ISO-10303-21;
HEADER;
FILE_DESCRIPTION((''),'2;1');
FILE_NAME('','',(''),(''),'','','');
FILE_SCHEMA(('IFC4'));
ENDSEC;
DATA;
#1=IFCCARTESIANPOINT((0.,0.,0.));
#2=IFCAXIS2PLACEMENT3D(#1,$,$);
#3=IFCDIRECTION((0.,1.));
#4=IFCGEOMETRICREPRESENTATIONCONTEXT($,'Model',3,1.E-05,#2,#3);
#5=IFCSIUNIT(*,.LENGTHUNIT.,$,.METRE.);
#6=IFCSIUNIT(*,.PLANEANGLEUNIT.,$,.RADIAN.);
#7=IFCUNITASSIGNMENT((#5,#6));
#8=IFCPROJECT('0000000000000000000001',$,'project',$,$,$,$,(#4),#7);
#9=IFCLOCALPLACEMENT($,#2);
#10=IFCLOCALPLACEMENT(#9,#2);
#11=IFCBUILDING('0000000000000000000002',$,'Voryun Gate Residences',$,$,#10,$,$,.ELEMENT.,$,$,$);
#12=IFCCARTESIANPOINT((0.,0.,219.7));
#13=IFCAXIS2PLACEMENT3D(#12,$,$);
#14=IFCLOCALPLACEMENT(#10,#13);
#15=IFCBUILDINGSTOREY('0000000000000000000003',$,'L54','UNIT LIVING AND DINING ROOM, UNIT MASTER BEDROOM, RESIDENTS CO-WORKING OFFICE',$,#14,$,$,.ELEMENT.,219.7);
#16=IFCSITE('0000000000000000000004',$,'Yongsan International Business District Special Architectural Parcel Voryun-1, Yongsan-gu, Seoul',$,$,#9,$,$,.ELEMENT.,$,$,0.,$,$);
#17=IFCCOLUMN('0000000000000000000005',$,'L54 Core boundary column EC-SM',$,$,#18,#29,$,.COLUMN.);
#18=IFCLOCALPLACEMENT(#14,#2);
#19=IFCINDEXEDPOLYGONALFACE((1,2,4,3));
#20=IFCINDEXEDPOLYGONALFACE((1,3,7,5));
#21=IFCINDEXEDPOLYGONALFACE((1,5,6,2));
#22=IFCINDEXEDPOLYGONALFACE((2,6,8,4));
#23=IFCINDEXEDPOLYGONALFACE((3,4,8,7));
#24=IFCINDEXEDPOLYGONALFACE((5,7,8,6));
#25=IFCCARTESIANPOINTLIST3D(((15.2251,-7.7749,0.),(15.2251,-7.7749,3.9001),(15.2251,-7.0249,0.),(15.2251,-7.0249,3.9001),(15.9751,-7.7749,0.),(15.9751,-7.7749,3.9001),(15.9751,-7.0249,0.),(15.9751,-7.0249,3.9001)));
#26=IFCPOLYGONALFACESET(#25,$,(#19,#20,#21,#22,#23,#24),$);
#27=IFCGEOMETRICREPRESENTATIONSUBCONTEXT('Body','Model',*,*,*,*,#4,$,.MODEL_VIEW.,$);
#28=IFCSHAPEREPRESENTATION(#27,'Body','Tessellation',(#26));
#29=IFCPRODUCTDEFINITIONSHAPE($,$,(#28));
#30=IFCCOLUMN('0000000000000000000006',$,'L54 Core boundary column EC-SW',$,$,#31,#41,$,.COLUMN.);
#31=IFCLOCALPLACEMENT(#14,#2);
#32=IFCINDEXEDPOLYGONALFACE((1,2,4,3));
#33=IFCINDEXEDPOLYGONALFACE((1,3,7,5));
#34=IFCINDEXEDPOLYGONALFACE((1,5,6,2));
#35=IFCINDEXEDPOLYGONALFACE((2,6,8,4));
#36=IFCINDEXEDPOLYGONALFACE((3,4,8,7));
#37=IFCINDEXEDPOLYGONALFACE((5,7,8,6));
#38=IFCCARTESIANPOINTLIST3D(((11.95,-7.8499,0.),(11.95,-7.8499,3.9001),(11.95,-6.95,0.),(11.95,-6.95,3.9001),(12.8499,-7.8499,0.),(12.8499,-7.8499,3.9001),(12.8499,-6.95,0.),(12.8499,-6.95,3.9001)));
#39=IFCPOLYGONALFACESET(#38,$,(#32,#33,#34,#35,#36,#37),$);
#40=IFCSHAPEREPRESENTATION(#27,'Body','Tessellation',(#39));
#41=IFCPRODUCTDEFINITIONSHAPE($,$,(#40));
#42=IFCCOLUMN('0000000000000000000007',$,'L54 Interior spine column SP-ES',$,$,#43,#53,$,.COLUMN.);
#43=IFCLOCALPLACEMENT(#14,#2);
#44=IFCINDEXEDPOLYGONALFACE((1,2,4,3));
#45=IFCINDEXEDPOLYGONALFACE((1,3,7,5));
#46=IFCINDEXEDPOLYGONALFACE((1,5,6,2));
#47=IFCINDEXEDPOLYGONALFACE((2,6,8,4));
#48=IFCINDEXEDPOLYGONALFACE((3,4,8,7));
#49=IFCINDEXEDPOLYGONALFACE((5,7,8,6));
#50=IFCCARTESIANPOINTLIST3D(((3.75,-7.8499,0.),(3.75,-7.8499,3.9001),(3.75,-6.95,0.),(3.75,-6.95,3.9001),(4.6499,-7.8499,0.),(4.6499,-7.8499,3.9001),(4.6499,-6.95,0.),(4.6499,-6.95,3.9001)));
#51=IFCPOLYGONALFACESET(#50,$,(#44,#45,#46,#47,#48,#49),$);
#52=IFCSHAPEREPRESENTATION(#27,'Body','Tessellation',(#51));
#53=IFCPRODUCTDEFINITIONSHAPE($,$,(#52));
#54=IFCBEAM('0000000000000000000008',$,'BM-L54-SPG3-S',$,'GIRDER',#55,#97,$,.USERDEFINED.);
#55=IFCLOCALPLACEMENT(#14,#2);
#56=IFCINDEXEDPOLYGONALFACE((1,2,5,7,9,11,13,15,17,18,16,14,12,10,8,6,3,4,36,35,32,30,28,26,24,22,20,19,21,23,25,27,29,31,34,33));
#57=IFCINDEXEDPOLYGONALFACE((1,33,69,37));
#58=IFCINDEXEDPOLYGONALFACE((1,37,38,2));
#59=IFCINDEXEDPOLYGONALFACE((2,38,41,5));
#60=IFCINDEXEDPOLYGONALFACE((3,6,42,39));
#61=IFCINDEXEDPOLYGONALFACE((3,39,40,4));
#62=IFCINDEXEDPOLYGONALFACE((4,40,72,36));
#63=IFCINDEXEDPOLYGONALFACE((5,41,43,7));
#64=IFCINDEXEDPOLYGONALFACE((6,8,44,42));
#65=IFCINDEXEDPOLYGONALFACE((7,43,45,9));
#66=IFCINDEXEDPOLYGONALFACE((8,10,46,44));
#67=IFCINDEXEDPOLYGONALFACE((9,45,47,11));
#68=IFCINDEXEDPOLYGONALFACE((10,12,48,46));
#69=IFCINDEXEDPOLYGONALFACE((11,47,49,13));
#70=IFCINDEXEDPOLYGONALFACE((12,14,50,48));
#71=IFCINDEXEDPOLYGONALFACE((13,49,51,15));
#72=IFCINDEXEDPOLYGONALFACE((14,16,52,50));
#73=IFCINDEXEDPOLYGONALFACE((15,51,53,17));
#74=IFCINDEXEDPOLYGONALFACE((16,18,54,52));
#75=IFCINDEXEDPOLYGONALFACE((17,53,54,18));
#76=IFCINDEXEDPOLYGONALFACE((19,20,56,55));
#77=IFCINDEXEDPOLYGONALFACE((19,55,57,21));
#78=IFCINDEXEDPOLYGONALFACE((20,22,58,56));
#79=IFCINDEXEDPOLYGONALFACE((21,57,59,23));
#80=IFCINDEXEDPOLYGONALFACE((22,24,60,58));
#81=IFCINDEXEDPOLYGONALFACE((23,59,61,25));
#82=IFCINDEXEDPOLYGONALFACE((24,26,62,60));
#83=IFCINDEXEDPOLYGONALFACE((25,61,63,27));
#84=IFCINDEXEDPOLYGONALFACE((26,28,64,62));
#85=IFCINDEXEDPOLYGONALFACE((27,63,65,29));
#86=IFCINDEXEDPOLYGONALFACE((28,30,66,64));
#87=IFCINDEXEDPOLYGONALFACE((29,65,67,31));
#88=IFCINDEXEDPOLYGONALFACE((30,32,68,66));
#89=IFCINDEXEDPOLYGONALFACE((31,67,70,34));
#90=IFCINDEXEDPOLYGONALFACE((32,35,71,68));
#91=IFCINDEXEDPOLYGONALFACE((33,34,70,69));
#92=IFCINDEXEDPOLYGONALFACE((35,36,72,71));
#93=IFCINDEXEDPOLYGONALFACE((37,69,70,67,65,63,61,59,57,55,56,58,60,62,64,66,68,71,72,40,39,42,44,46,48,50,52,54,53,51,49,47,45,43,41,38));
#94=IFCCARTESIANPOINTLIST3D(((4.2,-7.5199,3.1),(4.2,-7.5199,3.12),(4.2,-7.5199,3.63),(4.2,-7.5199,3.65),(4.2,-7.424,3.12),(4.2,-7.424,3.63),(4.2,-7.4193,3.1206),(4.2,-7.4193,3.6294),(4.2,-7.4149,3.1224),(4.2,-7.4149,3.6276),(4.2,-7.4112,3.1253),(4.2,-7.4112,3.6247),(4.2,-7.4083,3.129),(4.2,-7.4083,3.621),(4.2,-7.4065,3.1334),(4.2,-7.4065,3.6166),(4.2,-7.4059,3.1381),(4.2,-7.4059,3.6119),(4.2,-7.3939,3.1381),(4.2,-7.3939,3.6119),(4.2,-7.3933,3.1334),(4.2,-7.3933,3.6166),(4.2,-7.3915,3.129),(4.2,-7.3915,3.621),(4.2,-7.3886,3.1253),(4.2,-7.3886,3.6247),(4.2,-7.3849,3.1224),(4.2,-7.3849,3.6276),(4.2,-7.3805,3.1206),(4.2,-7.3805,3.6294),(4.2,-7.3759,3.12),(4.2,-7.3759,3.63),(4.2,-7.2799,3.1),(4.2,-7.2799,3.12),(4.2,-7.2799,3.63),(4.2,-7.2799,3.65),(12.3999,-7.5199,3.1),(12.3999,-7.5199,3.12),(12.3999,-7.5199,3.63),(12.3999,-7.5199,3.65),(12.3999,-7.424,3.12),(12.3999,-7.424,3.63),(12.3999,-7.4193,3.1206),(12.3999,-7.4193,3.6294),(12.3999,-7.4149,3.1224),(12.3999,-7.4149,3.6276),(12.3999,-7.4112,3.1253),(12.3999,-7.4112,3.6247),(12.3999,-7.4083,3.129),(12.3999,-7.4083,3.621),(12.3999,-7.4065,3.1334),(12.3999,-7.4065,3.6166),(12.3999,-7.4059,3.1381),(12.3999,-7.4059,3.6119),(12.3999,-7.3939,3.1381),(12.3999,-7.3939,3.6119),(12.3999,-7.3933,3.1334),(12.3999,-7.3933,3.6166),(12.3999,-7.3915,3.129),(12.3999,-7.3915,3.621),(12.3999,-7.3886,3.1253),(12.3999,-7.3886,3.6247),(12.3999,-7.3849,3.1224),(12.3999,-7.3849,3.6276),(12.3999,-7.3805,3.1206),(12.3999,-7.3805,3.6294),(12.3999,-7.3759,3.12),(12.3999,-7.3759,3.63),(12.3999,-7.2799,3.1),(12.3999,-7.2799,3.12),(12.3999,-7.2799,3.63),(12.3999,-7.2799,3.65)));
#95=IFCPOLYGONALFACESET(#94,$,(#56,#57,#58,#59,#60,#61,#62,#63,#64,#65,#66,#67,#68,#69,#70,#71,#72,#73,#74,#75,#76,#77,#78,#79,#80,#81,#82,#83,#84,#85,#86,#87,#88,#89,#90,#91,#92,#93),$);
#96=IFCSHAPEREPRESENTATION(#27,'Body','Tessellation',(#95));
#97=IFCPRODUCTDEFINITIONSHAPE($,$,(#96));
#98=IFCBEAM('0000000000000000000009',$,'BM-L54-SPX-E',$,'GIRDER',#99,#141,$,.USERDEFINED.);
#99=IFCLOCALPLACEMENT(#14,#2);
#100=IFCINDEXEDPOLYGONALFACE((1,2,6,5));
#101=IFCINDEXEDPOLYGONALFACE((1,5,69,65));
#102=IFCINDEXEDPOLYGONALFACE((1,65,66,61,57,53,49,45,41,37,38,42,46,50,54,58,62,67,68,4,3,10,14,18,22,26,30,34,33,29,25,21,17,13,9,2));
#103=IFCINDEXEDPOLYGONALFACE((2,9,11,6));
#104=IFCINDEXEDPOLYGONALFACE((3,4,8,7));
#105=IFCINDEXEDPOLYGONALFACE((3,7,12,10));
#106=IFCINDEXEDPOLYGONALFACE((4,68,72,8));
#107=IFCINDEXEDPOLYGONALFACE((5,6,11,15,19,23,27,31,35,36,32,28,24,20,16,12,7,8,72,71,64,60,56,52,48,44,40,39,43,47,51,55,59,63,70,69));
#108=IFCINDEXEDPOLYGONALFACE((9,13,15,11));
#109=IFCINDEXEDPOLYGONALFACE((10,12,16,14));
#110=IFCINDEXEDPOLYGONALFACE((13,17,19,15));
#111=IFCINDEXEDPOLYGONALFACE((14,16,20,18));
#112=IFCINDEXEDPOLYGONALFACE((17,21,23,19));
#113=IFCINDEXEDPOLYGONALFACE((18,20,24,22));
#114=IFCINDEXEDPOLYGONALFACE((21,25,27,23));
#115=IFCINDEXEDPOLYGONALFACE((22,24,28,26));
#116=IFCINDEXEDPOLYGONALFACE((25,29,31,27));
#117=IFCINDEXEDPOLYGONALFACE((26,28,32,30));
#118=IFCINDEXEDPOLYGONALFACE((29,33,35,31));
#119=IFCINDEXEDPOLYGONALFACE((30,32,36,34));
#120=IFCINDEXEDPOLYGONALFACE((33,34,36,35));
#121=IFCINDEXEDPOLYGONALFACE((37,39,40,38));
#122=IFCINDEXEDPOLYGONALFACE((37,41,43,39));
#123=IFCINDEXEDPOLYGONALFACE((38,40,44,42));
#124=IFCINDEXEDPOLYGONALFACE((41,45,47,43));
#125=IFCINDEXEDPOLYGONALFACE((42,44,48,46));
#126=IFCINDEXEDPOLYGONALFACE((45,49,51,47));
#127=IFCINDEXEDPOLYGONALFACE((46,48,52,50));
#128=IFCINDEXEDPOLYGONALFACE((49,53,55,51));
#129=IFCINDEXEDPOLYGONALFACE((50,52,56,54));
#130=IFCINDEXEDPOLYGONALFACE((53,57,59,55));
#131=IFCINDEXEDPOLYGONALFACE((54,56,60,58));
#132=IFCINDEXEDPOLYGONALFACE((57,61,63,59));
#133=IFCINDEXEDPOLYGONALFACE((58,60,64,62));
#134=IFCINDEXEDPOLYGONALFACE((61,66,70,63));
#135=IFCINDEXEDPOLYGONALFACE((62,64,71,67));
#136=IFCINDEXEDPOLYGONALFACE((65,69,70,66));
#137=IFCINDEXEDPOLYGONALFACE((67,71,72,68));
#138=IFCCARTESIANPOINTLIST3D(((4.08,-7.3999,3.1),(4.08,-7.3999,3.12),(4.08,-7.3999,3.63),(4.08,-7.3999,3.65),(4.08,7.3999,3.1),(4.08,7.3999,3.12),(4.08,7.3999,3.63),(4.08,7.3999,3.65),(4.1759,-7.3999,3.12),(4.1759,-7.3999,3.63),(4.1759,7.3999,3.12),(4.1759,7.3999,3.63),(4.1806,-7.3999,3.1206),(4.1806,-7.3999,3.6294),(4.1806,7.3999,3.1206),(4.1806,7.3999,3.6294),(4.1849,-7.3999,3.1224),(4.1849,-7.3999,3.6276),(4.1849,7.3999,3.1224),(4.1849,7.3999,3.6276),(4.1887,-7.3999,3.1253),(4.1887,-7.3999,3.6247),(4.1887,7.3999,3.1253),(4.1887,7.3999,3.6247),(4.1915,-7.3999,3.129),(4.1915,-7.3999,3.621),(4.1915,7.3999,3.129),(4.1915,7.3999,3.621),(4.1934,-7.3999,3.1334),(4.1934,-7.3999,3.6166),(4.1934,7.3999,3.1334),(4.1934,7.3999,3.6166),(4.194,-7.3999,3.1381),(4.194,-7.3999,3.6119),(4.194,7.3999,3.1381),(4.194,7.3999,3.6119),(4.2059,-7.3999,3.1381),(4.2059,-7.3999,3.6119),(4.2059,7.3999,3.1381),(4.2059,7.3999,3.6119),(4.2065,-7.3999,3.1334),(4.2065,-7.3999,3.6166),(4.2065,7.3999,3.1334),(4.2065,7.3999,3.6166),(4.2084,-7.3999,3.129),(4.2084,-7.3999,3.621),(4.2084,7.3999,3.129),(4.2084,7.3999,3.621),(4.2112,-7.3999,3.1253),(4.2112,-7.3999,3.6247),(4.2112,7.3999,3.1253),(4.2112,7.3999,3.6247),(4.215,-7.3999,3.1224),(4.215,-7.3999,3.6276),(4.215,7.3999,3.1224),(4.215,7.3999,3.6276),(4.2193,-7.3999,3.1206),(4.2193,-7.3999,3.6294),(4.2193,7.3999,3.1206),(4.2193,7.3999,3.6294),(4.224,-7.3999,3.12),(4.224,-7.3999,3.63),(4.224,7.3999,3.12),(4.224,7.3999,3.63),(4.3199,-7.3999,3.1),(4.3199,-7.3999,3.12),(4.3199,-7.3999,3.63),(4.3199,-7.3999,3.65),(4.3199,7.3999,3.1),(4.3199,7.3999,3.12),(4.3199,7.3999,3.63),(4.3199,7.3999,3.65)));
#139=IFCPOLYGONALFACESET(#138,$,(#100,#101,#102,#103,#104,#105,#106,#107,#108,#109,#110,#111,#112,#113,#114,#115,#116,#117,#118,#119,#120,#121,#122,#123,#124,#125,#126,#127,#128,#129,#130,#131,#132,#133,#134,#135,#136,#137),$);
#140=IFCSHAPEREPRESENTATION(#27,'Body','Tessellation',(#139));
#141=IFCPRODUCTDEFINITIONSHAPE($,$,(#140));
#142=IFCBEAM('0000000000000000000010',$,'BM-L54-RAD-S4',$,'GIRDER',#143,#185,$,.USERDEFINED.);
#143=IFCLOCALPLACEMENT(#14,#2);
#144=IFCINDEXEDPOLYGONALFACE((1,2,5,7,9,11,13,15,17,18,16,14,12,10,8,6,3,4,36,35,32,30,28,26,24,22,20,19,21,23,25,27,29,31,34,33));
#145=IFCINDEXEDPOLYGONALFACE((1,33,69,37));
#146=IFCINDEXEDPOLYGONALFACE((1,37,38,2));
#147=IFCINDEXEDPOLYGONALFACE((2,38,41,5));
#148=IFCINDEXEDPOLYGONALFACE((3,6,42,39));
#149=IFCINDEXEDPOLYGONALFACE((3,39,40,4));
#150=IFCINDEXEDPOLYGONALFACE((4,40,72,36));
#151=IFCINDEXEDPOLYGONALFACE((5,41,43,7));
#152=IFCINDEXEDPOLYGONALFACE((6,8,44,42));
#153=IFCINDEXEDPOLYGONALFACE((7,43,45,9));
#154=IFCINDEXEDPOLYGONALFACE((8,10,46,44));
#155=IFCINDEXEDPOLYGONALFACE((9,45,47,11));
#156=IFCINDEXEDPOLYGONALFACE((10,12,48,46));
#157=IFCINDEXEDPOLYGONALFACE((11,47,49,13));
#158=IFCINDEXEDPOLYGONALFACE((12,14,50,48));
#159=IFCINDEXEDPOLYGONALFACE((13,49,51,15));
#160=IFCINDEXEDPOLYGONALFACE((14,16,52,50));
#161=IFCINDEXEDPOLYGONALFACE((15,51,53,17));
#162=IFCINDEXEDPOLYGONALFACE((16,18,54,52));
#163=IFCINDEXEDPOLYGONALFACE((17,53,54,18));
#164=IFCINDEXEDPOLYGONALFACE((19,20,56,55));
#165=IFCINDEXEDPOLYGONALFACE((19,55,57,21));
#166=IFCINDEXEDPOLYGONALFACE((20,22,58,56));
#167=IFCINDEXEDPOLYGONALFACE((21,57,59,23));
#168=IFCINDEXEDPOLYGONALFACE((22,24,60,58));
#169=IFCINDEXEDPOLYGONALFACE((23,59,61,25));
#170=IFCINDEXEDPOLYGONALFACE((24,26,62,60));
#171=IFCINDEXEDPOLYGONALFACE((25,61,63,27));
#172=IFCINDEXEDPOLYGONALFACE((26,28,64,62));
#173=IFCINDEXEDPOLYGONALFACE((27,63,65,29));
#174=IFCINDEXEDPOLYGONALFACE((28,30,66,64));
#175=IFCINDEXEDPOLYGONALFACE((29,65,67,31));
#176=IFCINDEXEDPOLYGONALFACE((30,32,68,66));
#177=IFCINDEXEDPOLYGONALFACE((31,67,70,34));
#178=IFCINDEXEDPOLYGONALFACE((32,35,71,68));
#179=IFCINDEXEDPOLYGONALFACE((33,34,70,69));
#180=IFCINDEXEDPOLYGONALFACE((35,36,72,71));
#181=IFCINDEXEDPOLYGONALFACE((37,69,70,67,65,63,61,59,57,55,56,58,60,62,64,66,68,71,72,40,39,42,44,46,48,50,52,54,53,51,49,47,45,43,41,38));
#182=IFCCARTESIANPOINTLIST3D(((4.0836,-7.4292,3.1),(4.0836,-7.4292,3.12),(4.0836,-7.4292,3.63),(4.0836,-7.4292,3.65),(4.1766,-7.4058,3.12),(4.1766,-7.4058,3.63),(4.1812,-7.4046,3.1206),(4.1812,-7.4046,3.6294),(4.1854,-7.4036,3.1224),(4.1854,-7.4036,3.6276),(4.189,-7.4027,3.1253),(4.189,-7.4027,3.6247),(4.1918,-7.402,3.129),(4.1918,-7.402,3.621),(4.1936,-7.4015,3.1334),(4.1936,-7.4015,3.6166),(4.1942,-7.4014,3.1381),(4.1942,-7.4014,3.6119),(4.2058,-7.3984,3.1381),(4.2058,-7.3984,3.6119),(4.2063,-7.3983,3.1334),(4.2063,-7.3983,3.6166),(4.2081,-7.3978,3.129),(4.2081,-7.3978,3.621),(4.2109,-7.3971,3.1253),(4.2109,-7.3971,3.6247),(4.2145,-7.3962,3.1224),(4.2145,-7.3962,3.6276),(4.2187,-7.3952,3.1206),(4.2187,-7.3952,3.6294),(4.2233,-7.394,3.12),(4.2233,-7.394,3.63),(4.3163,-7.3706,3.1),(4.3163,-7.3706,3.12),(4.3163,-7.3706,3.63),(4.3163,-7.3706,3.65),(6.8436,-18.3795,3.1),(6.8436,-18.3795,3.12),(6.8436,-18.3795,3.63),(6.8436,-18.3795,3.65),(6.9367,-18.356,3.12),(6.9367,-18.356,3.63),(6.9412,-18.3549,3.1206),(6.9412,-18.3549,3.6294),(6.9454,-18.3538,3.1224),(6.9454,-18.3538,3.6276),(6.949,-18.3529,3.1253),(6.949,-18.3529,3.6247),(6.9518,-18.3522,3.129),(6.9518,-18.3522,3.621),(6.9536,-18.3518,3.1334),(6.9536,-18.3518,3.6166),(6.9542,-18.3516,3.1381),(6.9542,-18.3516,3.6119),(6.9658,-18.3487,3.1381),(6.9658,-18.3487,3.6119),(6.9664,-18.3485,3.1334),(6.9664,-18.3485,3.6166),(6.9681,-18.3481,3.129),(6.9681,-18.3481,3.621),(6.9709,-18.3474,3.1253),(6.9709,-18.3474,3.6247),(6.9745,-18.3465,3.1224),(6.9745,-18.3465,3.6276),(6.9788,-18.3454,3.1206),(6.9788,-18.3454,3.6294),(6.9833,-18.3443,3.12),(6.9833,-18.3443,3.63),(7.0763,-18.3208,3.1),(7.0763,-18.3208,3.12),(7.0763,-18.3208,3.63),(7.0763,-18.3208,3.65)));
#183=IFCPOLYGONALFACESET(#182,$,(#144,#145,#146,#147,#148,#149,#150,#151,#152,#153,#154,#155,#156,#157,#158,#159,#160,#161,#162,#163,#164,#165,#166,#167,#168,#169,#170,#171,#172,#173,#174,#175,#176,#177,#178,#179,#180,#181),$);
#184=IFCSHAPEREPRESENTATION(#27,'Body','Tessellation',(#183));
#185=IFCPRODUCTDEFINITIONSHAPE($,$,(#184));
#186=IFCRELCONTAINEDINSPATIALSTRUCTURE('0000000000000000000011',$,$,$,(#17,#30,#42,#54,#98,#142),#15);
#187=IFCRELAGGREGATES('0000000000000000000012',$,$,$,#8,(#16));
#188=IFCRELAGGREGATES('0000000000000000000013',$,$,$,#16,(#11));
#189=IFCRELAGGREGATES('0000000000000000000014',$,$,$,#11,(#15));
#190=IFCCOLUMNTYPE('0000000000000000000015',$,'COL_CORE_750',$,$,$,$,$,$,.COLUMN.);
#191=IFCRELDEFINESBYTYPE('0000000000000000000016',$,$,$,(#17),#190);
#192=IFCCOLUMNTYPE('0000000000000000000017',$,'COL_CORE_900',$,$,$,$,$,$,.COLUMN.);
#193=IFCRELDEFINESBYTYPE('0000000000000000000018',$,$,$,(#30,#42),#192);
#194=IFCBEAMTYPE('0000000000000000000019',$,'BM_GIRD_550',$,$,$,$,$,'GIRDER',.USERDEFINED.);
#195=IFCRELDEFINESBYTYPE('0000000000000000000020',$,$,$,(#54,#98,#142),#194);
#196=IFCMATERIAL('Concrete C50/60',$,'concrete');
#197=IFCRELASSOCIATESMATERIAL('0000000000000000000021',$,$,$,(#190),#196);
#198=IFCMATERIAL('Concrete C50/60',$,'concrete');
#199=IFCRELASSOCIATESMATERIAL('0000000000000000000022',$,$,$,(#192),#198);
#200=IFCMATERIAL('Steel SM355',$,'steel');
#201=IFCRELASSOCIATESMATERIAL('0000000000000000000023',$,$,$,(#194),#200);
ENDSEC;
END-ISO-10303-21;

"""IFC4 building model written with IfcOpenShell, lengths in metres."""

from ifc_helpers import new_model, si_unit, direction, frame, origin, origin_2d, place, context, subcontext, project, spatial, rectangle, i_section, extrude, material, material_profile, profile_set, type_object, element, save


model = new_model("IFC4")

# Units and contexts
model_context = context("Model", 3, precision=1e-05, world=origin(), true_north=direction((0.0, 1.0)))
body_context = subcontext(model_context, "Body", "Model", "MODEL_VIEW")
ifc_project = project(units=[si_unit("LENGTHUNIT", "METRE"), si_unit("PLANEANGLEUNIT", "RADIAN")], contexts=[model_context])

# Site, building, storey
site_placement = place(None, origin())
site = spatial("IfcSite", under=ifc_project, at=site_placement, Name="Yongsan International Business District Special Architectural Parcel Voryun-1, Yongsan-gu, Seoul", CompositionType="ELEMENT", RefElevation=0.0)
building_placement = place(site_placement, origin())
building = spatial("IfcBuilding", under=site, at=building_placement, Name="Voryun Gate Residences", CompositionType="ELEMENT")
storey_placement = place(building_placement, frame((0.0, 0.0, 219.7)))
storey = spatial("IfcBuildingStorey", under=building, at=storey_placement, Name="L54", Description="UNIT LIVING AND DINING ROOM, UNIT MASTER BEDROOM, RESIDENTS CO-WORKING OFFICE", CompositionType="ELEMENT", Elevation=219.7)

# Columns
ifc_material_1 = material(Name="Concrete C50/60", Category="concrete")
ifc_material_profile_1 = material_profile(ifc_material_1, rectangle(XDim=0.75, YDim=0.75, at=origin_2d()), Name="RC-750x750")
ifc_profile_set_1 = profile_set([ifc_material_profile_1], Name="Concrete C50/60")
column_type_1 = type_object("IfcColumnType", Name="COL_CORE_750", PredefinedType="COLUMN", material=ifc_profile_set_1)
column_placement = place(storey_placement, frame((15.6001, -7.3999, 0.0), z_axis=(0.0, 0.0, 1.0), x_axis=(1.0, 0.0, 0.0)))
element("IfcColumn", 1, at=column_placement, inside=storey, type_object=column_type_1, Name="L54 Core boundary column EC-SM", PredefinedType="COLUMN", context=body_context, shape_type="SweptSolid", body=[
    extrude(rectangle(XDim=0.75, YDim=0.75, at=origin_2d()), origin(), (0.0, 0.0, 1.0), 3.9001),
])
ifc_material_2 = material(Name="Concrete C50/60", Category="concrete")
ifc_material_profile_2 = material_profile(ifc_material_2, rectangle(XDim=0.8999, YDim=0.8999, at=origin_2d()), Name="RC-900x900")
ifc_profile_set_2 = profile_set([ifc_material_profile_2], Name="Concrete C50/60")
column_type_2 = type_object("IfcColumnType", Name="COL_CORE_900", PredefinedType="COLUMN", material=ifc_profile_set_2)
for number, where, z_axis, x_axis, name in (
    (2, (12.3999, -7.3999, 0.0), (0.0, 0.0, 1.0), (1.0, 0.0, 0.0), "L54 Core boundary column EC-SW"),
    (3, (4.2, -7.3999, 0.0), (0.0, 0.0, 1.0), (1.0, 0.0, 0.0), "L54 Interior spine column SP-ES"),
):
    element("IfcColumn", number, at=place(storey_placement, frame(where, z_axis=z_axis, x_axis=x_axis)), inside=storey, type_object=column_type_2, Name=name, PredefinedType="COLUMN", context=body_context, shape_type="SweptSolid", body=[
        extrude(rectangle(XDim=0.8999, YDim=0.8999, at=origin_2d()), origin(), (0.0, 0.0, 1.0), 3.9001),
    ])

# Beams
ifc_material_3 = material(Name="Steel SM355", Category="steel")
ifc_material_profile_3 = material_profile(ifc_material_3, i_section(OverallWidth=0.24, OverallDepth=0.55, WebThickness=0.012, FlangeThickness=0.02, FilletRadius=0.0181, at=origin_2d()), Name="H-550x240x12x20")
ifc_profile_set_3 = profile_set([ifc_material_profile_3], Name="Steel SM355")
beam_type_1 = type_object("IfcBeamType", Name="BM_GIRD_550", ElementType="GIRDER", PredefinedType="USERDEFINED", material=ifc_profile_set_3)
beam_1_placement = place(storey_placement, frame((4.2, -7.3999, 3.375), z_axis=(1.0, 0.0, 0.0), x_axis=(0.0, 1.0, 0.0)))
element("IfcBeam", 4, at=beam_1_placement, inside=storey, type_object=beam_type_1, Name="BM-L54-SPG3-S", ObjectType="GIRDER", PredefinedType="USERDEFINED", context=body_context, shape_type="SweptSolid", body=[
    extrude(i_section(OverallWidth=0.24, OverallDepth=0.55, WebThickness=0.012, FlangeThickness=0.02, FilletRadius=0.0181, at=origin_2d()), origin(), (0.0, 0.0, 1.0), 8.2),
])
beam_2_placement = place(storey_placement, frame((4.2, -7.3999, 3.375), z_axis=(0.0, 1.0, 0.0), x_axis=(-1.0, 0.0, 0.0)))
element("IfcBeam", 5, at=beam_2_placement, inside=storey, type_object=beam_type_1, Name="BM-L54-SPX-E", ObjectType="GIRDER", PredefinedType="USERDEFINED", context=body_context, shape_type="SweptSolid", body=[
    extrude(i_section(OverallWidth=0.24, OverallDepth=0.55, WebThickness=0.012, FlangeThickness=0.02, FilletRadius=0.0181, at=origin_2d()), origin(), (0.0, 0.0, 1.0), 14.7998),
])
beam_3_placement = place(storey_placement, frame((4.2, -7.3999, 3.375), z_axis=(0.244407, -0.969673, 0.0), x_axis=(0.969673, 0.244407, 0.0)))
element("IfcBeam", 6, at=beam_3_placement, inside=storey, type_object=beam_type_1, Name="BM-L54-RAD-S4", ObjectType="GIRDER", PredefinedType="USERDEFINED", context=body_context, shape_type="SweptSolid", body=[
    extrude(i_section(OverallWidth=0.24, OverallDepth=0.55, WebThickness=0.012, FlangeThickness=0.02, FilletRadius=0.0181, at=origin_2d()), origin(), (0.0, 0.0, 1.0), 11.2927),
])

save(model, "model.ifc")
